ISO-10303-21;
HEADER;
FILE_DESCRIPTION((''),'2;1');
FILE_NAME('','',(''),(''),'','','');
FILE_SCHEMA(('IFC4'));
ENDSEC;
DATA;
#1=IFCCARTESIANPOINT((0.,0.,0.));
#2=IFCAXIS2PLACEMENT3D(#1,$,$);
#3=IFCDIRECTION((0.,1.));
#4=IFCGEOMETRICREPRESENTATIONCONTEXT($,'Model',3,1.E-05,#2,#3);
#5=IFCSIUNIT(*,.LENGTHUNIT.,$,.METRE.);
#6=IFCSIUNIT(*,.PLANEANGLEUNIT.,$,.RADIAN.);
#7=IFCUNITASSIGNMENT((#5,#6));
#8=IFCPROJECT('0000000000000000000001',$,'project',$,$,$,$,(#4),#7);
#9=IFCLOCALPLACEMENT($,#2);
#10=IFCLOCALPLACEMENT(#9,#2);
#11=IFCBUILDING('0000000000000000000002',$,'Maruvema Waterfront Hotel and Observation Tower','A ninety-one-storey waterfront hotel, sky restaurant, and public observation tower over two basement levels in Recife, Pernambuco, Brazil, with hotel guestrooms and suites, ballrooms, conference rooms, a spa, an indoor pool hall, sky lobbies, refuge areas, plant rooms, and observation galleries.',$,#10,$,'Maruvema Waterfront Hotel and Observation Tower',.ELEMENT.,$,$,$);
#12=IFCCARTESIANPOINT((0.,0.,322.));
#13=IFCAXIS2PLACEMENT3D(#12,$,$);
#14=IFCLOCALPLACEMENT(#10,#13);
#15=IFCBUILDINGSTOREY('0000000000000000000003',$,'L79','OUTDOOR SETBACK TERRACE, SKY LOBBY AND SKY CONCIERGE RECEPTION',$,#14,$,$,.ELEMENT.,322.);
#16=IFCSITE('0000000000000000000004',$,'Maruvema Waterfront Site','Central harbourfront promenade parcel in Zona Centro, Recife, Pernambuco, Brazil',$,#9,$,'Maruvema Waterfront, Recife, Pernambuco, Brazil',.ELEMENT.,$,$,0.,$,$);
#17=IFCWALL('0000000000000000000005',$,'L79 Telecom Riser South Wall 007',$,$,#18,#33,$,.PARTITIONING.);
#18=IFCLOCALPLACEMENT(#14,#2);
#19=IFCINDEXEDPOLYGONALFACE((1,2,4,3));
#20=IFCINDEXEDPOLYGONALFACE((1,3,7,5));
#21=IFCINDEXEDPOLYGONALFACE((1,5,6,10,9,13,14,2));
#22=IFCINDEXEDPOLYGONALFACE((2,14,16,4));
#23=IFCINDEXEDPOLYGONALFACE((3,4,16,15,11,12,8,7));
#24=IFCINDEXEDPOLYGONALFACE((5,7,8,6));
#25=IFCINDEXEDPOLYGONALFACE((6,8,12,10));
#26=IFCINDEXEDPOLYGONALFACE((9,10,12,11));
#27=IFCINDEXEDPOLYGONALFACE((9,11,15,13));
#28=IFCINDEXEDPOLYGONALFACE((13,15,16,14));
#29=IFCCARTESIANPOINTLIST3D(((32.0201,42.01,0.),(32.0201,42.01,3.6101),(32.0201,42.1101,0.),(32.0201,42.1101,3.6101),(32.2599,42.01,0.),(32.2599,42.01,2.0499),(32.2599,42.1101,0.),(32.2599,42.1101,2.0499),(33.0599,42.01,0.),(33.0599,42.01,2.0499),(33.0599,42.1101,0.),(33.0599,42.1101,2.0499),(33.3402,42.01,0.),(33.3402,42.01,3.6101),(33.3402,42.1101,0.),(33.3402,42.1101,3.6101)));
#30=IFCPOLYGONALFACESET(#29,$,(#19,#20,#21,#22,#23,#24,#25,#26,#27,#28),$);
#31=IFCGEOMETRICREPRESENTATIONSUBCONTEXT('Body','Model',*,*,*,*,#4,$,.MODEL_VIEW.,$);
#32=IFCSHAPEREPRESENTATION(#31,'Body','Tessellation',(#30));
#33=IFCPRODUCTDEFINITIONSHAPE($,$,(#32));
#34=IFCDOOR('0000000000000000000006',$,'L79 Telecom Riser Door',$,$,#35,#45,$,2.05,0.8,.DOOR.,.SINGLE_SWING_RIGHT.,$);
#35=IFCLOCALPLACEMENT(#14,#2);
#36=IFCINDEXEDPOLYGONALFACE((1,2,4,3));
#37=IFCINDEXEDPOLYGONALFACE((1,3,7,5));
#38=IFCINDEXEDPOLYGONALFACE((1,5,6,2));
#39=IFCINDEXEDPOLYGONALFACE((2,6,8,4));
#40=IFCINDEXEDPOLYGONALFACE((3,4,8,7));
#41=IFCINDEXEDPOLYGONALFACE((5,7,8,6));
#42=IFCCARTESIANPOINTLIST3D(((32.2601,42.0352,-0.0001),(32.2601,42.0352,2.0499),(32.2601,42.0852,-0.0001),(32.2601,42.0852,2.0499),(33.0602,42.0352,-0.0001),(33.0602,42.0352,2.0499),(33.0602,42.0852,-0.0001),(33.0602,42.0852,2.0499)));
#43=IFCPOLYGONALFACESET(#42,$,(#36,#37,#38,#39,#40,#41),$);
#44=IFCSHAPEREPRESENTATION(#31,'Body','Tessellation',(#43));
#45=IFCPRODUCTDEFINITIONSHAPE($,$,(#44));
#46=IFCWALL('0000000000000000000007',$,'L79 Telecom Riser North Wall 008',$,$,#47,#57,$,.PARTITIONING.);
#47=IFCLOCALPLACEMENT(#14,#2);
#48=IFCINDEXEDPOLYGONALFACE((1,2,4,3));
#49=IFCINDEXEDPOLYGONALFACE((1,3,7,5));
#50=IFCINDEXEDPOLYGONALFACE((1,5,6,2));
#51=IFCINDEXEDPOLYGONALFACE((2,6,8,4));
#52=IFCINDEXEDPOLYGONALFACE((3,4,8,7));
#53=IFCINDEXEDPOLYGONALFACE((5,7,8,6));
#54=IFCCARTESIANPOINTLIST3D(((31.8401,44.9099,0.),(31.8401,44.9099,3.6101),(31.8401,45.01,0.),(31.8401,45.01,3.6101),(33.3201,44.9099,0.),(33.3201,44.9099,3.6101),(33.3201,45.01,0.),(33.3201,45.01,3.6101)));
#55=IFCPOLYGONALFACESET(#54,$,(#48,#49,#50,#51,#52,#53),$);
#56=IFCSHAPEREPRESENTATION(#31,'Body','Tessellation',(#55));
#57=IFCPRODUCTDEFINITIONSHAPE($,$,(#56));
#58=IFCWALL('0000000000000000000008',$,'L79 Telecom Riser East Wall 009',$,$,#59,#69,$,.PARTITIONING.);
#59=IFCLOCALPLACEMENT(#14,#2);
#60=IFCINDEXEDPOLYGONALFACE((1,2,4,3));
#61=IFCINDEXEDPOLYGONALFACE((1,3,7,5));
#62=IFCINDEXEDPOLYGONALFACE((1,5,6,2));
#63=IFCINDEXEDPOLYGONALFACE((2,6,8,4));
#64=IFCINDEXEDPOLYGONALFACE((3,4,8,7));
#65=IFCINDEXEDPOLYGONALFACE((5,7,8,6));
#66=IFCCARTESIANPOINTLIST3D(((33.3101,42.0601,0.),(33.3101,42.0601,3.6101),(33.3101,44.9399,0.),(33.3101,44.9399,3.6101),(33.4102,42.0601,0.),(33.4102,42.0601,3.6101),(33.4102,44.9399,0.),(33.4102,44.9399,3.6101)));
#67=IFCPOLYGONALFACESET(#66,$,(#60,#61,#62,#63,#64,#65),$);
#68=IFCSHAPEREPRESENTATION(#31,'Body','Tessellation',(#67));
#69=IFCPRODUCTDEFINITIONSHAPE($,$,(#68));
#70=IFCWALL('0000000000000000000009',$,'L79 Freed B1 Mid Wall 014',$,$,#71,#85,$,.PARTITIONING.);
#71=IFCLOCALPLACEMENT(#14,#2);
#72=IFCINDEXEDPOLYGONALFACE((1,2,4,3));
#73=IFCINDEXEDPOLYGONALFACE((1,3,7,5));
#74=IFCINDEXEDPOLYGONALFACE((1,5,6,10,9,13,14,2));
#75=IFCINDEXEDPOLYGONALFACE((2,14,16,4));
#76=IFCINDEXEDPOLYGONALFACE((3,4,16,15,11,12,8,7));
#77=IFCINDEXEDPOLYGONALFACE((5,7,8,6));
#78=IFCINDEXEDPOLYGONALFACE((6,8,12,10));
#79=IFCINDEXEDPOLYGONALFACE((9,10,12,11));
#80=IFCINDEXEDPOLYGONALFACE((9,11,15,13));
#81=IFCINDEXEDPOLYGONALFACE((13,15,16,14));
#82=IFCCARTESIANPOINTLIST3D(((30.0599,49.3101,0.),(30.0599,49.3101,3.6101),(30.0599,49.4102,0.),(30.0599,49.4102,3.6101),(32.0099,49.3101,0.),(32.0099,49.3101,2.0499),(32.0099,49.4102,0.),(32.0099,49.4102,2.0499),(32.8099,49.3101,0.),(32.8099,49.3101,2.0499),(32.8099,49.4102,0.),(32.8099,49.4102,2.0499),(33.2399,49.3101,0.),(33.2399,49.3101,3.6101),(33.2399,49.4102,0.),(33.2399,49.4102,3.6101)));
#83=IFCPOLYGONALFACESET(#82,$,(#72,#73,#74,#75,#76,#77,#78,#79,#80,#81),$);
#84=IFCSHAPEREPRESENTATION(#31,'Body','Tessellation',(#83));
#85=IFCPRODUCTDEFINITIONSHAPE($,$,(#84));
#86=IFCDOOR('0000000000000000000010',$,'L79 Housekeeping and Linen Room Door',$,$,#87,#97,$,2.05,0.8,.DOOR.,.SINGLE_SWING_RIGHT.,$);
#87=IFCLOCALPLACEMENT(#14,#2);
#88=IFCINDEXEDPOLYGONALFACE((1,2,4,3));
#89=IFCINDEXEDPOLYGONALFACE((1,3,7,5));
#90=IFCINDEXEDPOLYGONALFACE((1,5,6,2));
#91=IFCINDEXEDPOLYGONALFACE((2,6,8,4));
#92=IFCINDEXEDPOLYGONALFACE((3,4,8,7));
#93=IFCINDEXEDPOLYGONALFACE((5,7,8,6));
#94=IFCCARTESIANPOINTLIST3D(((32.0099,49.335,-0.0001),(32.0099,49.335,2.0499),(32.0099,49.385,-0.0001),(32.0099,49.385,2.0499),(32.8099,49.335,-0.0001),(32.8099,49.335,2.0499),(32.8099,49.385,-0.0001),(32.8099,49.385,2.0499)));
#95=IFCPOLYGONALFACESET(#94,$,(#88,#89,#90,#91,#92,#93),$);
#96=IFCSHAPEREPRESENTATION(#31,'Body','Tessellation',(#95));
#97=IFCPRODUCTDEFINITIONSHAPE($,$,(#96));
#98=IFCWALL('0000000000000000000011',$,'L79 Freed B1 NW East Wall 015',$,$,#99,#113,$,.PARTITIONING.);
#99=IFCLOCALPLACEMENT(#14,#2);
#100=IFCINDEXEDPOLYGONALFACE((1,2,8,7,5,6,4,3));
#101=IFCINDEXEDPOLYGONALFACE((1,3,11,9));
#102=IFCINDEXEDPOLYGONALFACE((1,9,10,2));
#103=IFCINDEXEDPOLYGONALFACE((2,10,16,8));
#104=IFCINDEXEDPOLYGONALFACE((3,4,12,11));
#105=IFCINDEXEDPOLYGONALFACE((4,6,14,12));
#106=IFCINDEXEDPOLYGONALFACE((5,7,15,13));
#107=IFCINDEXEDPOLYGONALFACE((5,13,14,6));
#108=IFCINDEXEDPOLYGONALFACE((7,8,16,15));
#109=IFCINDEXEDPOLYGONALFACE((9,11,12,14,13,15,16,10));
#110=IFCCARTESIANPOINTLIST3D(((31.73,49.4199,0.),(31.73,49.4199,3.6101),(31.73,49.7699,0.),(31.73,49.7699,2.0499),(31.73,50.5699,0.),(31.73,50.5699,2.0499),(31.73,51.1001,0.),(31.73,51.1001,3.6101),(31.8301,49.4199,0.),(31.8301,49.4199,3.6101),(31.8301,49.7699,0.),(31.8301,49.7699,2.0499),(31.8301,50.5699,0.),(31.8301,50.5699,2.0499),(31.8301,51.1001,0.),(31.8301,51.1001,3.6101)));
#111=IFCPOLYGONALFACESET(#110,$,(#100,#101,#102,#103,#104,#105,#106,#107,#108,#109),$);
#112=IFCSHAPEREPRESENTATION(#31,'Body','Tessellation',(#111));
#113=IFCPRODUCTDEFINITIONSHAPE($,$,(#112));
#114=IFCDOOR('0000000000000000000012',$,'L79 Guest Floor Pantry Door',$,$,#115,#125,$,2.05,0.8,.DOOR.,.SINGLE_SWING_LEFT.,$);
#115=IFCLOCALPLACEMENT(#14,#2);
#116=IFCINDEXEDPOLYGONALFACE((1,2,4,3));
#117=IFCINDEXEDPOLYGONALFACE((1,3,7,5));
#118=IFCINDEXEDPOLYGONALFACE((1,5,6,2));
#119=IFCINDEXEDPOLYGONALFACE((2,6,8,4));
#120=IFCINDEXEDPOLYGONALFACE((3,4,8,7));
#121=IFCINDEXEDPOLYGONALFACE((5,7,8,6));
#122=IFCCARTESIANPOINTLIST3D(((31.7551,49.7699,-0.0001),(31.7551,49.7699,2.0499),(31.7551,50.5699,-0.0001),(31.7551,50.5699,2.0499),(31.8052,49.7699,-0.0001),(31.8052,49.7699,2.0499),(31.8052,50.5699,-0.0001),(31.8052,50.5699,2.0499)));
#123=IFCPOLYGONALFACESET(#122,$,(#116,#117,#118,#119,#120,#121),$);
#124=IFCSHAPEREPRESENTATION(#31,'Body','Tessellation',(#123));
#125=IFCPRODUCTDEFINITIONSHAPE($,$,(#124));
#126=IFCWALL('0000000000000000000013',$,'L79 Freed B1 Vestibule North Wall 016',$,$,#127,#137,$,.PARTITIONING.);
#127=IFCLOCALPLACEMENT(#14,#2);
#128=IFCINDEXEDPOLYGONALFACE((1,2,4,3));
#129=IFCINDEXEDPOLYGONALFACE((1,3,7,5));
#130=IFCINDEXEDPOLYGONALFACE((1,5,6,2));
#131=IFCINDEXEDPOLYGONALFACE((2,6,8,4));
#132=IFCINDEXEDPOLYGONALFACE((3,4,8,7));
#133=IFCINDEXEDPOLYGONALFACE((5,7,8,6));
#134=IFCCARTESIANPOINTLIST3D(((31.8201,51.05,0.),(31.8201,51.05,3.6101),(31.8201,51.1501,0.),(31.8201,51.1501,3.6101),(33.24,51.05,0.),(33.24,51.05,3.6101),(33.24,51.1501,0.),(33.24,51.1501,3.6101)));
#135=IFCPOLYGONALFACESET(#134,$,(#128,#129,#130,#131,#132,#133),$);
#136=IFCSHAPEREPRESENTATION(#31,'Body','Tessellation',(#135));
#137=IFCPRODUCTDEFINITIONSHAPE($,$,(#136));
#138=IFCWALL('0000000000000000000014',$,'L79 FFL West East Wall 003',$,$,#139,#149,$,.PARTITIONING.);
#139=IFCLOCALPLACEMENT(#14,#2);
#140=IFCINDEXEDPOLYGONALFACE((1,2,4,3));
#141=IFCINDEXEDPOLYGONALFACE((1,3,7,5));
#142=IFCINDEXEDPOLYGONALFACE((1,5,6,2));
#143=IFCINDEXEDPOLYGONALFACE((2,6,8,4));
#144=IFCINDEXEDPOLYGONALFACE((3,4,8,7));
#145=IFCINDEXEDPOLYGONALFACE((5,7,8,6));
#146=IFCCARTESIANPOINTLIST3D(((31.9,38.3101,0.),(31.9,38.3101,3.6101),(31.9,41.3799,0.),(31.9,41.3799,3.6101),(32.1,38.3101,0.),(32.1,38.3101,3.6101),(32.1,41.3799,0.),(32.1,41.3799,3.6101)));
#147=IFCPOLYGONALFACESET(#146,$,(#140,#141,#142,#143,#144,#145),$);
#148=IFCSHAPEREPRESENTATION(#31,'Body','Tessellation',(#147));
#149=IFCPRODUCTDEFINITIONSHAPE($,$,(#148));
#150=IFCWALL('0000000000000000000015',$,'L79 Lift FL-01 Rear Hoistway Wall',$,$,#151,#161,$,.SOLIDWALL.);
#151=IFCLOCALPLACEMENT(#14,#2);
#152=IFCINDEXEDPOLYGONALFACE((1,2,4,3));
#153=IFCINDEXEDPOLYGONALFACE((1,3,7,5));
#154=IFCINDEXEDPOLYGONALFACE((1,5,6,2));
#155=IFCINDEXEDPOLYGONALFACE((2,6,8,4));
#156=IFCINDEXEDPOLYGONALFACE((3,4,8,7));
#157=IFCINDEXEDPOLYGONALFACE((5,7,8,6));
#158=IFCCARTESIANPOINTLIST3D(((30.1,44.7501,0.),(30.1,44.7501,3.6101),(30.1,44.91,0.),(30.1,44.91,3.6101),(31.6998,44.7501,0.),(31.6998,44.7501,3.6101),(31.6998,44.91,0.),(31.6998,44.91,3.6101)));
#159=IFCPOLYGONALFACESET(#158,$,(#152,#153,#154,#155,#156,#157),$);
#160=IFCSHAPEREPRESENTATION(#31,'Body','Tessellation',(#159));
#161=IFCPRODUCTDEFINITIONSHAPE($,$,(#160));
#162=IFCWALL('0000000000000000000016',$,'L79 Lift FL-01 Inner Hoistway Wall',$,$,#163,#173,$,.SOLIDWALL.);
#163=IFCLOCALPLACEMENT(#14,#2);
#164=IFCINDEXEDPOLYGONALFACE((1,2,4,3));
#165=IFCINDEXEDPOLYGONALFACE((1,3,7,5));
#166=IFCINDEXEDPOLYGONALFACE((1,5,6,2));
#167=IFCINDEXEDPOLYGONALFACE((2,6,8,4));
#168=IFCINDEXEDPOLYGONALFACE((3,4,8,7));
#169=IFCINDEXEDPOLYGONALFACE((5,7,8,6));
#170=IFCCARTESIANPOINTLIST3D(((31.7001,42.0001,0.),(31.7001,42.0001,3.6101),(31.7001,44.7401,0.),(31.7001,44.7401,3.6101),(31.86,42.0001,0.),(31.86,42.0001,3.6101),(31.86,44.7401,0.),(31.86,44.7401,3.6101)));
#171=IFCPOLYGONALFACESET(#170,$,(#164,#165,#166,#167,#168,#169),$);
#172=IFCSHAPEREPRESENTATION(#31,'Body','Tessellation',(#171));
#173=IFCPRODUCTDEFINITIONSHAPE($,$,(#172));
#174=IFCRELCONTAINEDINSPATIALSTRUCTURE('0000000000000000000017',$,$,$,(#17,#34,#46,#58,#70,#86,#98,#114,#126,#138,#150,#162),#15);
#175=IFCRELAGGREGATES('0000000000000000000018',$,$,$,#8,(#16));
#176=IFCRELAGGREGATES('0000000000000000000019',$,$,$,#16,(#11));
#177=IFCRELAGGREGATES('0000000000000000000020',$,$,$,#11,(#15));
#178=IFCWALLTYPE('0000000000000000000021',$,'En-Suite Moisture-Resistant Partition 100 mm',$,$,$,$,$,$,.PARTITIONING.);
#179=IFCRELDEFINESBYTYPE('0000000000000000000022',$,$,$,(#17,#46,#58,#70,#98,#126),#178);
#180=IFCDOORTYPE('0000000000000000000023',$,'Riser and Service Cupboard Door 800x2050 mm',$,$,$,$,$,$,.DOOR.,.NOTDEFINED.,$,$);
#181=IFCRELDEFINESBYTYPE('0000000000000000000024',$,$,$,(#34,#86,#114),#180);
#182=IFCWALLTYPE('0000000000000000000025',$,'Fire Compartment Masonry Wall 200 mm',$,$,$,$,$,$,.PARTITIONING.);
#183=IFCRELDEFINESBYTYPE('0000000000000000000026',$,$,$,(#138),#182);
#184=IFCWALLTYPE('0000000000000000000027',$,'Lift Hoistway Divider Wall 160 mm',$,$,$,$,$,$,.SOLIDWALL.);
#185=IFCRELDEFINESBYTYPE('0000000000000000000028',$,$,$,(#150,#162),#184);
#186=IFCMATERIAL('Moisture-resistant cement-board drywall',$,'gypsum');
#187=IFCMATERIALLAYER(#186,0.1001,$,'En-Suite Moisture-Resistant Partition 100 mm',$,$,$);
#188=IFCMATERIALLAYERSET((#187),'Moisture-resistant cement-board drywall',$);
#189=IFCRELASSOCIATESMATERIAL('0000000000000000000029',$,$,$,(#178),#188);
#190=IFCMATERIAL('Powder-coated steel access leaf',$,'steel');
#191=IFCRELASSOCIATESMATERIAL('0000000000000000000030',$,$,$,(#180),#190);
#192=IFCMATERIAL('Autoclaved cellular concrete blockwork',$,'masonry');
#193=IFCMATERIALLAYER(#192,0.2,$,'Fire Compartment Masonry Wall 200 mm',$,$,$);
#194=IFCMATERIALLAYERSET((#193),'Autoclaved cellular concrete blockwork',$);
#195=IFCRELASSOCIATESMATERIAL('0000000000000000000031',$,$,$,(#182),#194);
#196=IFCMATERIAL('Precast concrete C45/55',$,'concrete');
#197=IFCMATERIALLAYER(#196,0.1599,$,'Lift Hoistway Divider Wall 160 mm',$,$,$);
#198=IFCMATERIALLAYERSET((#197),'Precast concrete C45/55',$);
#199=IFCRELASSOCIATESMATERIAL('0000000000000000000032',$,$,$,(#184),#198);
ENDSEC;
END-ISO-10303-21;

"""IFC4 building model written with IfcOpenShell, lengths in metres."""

from ifc_helpers import new_model, si_unit, direction, frame, frame_2d, origin, place, context, subcontext, project, spatial, rectangle, extrude, material, layer, layer_set, type_object, element, fill, save


model = new_model("IFC4")

# Units and contexts
model_context = context("Model", 3, precision=1e-05, world=origin(), true_north=direction((0.0, 1.0)))
body_context = subcontext(model_context, "Body", "Model", "MODEL_VIEW")
ifc_project = project(units=[si_unit("LENGTHUNIT", "METRE"), si_unit("PLANEANGLEUNIT", "RADIAN")], contexts=[model_context])

# Site, building, storey
site_placement = place(None, origin())
site = spatial("IfcSite", under=ifc_project, at=site_placement, Name="Maruvema Waterfront Site", Description="Central harbourfront promenade parcel in Zona Centro, Recife, Pernambuco, Brazil", LongName="Maruvema Waterfront, Recife, Pernambuco, Brazil", CompositionType="ELEMENT", RefElevation=0.0)
building_placement = place(site_placement, origin())
building = spatial("IfcBuilding", under=site, at=building_placement, Name="Maruvema Waterfront Hotel and Observation Tower", Description="A ninety-one-storey waterfront hotel, sky restaurant, and public observation tower over two basement levels in Recife, Pernambuco, Brazil, with hotel guestrooms and suites, ballrooms, conference rooms, a spa, an indoor pool hall, sky lobbies, refuge areas, plant rooms, and observation galleries.", LongName="Maruvema Waterfront Hotel and Observation Tower", CompositionType="ELEMENT")
storey_placement = place(building_placement, frame((0.0, 0.0, 322.0)))
storey = spatial("IfcBuildingStorey", under=building, at=storey_placement, Name="L79", Description="OUTDOOR SETBACK TERRACE, SKY LOBBY AND SKY CONCIERGE RECEPTION", CompositionType="ELEMENT", Elevation=322.0)

# Wall, opening, door
ifc_material_1 = material(Name="Moisture-resistant cement-board drywall", Category="gypsum")
ifc_layer_1 = layer(ifc_material_1, 0.1001, Name="En-Suite Moisture-Resistant Partition 100 mm")
ifc_layer_set_1 = layer_set([ifc_layer_1], Name="Moisture-resistant cement-board drywall")
wall_type_1 = type_object("IfcWallType", Name="En-Suite Moisture-Resistant Partition 100 mm", PredefinedType="PARTITIONING", material=ifc_layer_set_1)
wall_1_placement = place(storey_placement, frame((32.02, 42.0601, 0.0), z_axis=(0.0, 0.0, 1.0), x_axis=(1.0, 0.0, 0.0)))
wall_1 = element("IfcWall", 1, at=wall_1_placement, inside=storey, type_object=wall_type_1, Name="L79 Telecom Riser South Wall 007", PredefinedType="PARTITIONING", context=body_context, shape_type="SweptSolid", body=[
    extrude(rectangle(XDim=1.3201, YDim=0.1001, at=frame_2d((0.6602, 0.0))), origin(), (0.0, 0.0, 1.0), 3.6101),
])
opening_1_placement = place(wall_1_placement, frame((0.24, 0.0, 0.0)))
opening_1 = element("IfcOpeningElement", 2, at=opening_1_placement, cuts=wall_1, PredefinedType="OPENING", context=body_context, shape_type="SweptSolid", body=[
    extrude(rectangle(XDim=0.8, YDim=2.05, at=frame_2d((0.3999, 1.0249))), frame((0.0, 0.0601, 0.0), z_axis=(0.0, -1.0, 0.0), x_axis=(1.0, 0.0, 0.0)), (0.0, 0.0, 1.0), 0.1201),
])
ifc_material_2 = material(Name="Powder-coated steel access leaf", Category="steel")
door_type_1 = type_object("IfcDoorType", Name="Riser and Service Cupboard Door 800x2050 mm", OperationType="NOTDEFINED", PredefinedType="DOOR", material=ifc_material_2)
door_1_placement = place(opening_1_placement, frame((0.8, 0.0, 0.0), z_axis=(0.0, 0.0, 1.0), x_axis=(-1.0, 0.0, 0.0)))
door_1 = element("IfcDoor", 3, at=door_1_placement, inside=storey, type_object=door_type_1, Name="L79 Telecom Riser Door", OperationType="SINGLE_SWING_RIGHT", OverallHeight=2.05, OverallWidth=0.8, PredefinedType="DOOR", context=body_context, shape_type="SweptSolid", body=[
    extrude(rectangle(XDim=0.8, YDim=2.05, at=frame_2d((0.3999, 1.0249))), frame((0.0, 0.0249, 0.0), z_axis=(0.0, -1.0, 0.0), x_axis=(1.0, 0.0, 0.0)), (0.0, 0.0, 1.0), 0.05),
])
fill(opening_1, door_1)

# Walls
wall_2_placement = place(storey_placement, frame((31.8401, 44.96, 0.0), z_axis=(0.0, 0.0, 1.0), x_axis=(1.0, 0.0, 0.0)))
element("IfcWall", 4, at=wall_2_placement, inside=storey, type_object=wall_type_1, Name="L79 Telecom Riser North Wall 008", PredefinedType="PARTITIONING", context=body_context, shape_type="SweptSolid", body=[
    extrude(rectangle(XDim=1.48, YDim=0.1001, at=frame_2d((0.74, 0.0))), origin(), (0.0, 0.0, 1.0), 3.6101),
])
wall_3_placement = place(storey_placement, frame((33.3601, 42.0601, 0.0), z_axis=(0.0, 0.0, 1.0), x_axis=(0.0, 1.0, 0.0)))
element("IfcWall", 5, at=wall_3_placement, inside=storey, type_object=wall_type_1, Name="L79 Telecom Riser East Wall 009", PredefinedType="PARTITIONING", context=body_context, shape_type="SweptSolid", body=[
    extrude(rectangle(XDim=2.8799, YDim=0.1001, at=frame_2d((1.4399, 0.0))), origin(), (0.0, 0.0, 1.0), 3.6101),
])

# Walls, openings, doors
wall_4_placement = place(storey_placement, frame((30.0601, 49.3601, 0.0), z_axis=(0.0, 0.0, 1.0), x_axis=(1.0, 0.0, 0.0)))
wall_4 = element("IfcWall", 6, at=wall_4_placement, inside=storey, type_object=wall_type_1, Name="L79 Freed B1 Mid Wall 014", PredefinedType="PARTITIONING", context=body_context, shape_type="SweptSolid", body=[
    extrude(rectangle(XDim=3.1799, YDim=0.1001, at=frame_2d((1.5898, 0.0))), origin(), (0.0, 0.0, 1.0), 3.6101),
])
opening_2_placement = place(wall_4_placement, frame((1.95, 0.0, 0.0)))
opening_2 = element("IfcOpeningElement", 7, at=opening_2_placement, cuts=wall_4, PredefinedType="OPENING", context=body_context, shape_type="SweptSolid", body=[
    extrude(rectangle(XDim=0.8, YDim=2.05, at=frame_2d((0.3999, 1.0249))), frame((0.0, 0.0601, 0.0), z_axis=(0.0, -1.0, 0.0), x_axis=(1.0, 0.0, 0.0)), (0.0, 0.0, 1.0), 0.1201),
])
door_2_placement = place(opening_2_placement, origin())
door_2 = element("IfcDoor", 8, at=door_2_placement, inside=storey, type_object=door_type_1, Name="L79 Housekeeping and Linen Room Door", OperationType="SINGLE_SWING_RIGHT", OverallHeight=2.05, OverallWidth=0.8, PredefinedType="DOOR", context=body_context, shape_type="SweptSolid", body=[
    extrude(rectangle(XDim=0.8, YDim=2.05, at=frame_2d((0.3999, 1.0249))), frame((0.0, 0.0249, 0.0), z_axis=(0.0, -1.0, 0.0), x_axis=(1.0, 0.0, 0.0)), (0.0, 0.0, 1.0), 0.05),
])
fill(opening_2, door_2)
wall_5_placement = place(storey_placement, frame((31.78, 49.4199, 0.0), z_axis=(0.0, 0.0, 1.0), x_axis=(0.0, 1.0, 0.0)))
wall_5 = element("IfcWall", 9, at=wall_5_placement, inside=storey, type_object=wall_type_1, Name="L79 Freed B1 NW East Wall 015", PredefinedType="PARTITIONING", context=body_context, shape_type="SweptSolid", body=[
    extrude(rectangle(XDim=1.6802, YDim=0.1001, at=frame_2d((0.8401, 0.0))), origin(), (0.0, 0.0, 1.0), 3.6101),
])
opening_3_placement = place(wall_5_placement, frame((0.3501, 0.0, 0.0)))
opening_3 = element("IfcOpeningElement", 10, at=opening_3_placement, cuts=wall_5, PredefinedType="OPENING", context=body_context, shape_type="SweptSolid", body=[
    extrude(rectangle(XDim=0.8, YDim=2.05, at=frame_2d((0.3999, 1.0249))), frame((0.0, 0.0601, 0.0), z_axis=(0.0, -1.0, 0.0), x_axis=(1.0, 0.0, 0.0)), (0.0, 0.0, 1.0), 0.1201),
])
door_3_placement = place(opening_3_placement, origin())
door_3 = element("IfcDoor", 11, at=door_3_placement, inside=storey, type_object=door_type_1, Name="L79 Guest Floor Pantry Door", OperationType="SINGLE_SWING_LEFT", OverallHeight=2.05, OverallWidth=0.8, PredefinedType="DOOR", context=body_context, shape_type="SweptSolid", body=[
    extrude(rectangle(XDim=0.8, YDim=2.05, at=frame_2d((0.3999, 1.0249))), frame((0.0, 0.0249, 0.0), z_axis=(0.0, -1.0, 0.0), x_axis=(1.0, 0.0, 0.0)), (0.0, 0.0, 1.0), 0.05),
])
fill(opening_3, door_3)

# Walls
wall_6_placement = place(storey_placement, frame((31.8201, 51.1001, 0.0), z_axis=(0.0, 0.0, 1.0), x_axis=(1.0, 0.0, 0.0)))
element("IfcWall", 12, at=wall_6_placement, inside=storey, type_object=wall_type_1, Name="L79 Freed B1 Vestibule North Wall 016", PredefinedType="PARTITIONING", context=body_context, shape_type="SweptSolid", body=[
    extrude(rectangle(XDim=1.4199, YDim=0.1001, at=frame_2d((0.71, 0.0))), origin(), (0.0, 0.0, 1.0), 3.6101),
])
ifc_material_3 = material(Name="Autoclaved cellular concrete blockwork", Category="masonry")
ifc_layer_2 = layer(ifc_material_3, 0.2, Name="Fire Compartment Masonry Wall 200 mm")
ifc_layer_set_2 = layer_set([ifc_layer_2], Name="Autoclaved cellular concrete blockwork")
wall_type_2 = type_object("IfcWallType", Name="Fire Compartment Masonry Wall 200 mm", PredefinedType="PARTITIONING", material=ifc_layer_set_2)
wall_7_placement = place(storey_placement, frame((32.0, 38.3101, 0.0), z_axis=(0.0, 0.0, 1.0), x_axis=(0.0, 1.0, 0.0)))
element("IfcWall", 13, at=wall_7_placement, inside=storey, type_object=wall_type_2, Name="L79 FFL West East Wall 003", PredefinedType="PARTITIONING", context=body_context, shape_type="SweptSolid", body=[
    extrude(rectangle(XDim=3.0698, YDim=0.2, at=frame_2d((1.5349, 0.0))), origin(), (0.0, 0.0, 1.0), 3.6101),
])
ifc_material_4 = material(Name="Precast concrete C45/55", Category="concrete")
ifc_layer_3 = layer(ifc_material_4, 0.1599, Name="Lift Hoistway Divider Wall 160 mm")
ifc_layer_set_3 = layer_set([ifc_layer_3], Name="Precast concrete C45/55")
wall_type_3 = type_object("IfcWallType", Name="Lift Hoistway Divider Wall 160 mm", PredefinedType="SOLIDWALL", material=ifc_layer_set_3)
wall_8_placement = place(storey_placement, frame((30.1001, 44.8301, 0.0), z_axis=(0.0, 0.0, 1.0), x_axis=(1.0, 0.0, 0.0)))
element("IfcWall", 14, at=wall_8_placement, inside=storey, type_object=wall_type_3, Name="L79 Lift FL-01 Rear Hoistway Wall", PredefinedType="SOLIDWALL", context=body_context, shape_type="SweptSolid", body=[
    extrude(rectangle(XDim=1.5999, YDim=0.1599, at=frame_2d((0.7998, 0.0))), origin(), (0.0, 0.0, 1.0), 3.6101),
])
wall_9_placement = place(storey_placement, frame((31.78, 42.0, 0.0), z_axis=(0.0, 0.0, 1.0), x_axis=(0.0, 1.0, 0.0)))
element("IfcWall", 15, at=wall_9_placement, inside=storey, type_object=wall_type_3, Name="L79 Lift FL-01 Inner Hoistway Wall", PredefinedType="SOLIDWALL", context=body_context, shape_type="SweptSolid", body=[
    extrude(rectangle(XDim=2.74, YDim=0.1599, at=frame_2d((1.3701, 0.0))), origin(), (0.0, 0.0, 1.0), 3.6101),
])

save(model, "model.ifc")
